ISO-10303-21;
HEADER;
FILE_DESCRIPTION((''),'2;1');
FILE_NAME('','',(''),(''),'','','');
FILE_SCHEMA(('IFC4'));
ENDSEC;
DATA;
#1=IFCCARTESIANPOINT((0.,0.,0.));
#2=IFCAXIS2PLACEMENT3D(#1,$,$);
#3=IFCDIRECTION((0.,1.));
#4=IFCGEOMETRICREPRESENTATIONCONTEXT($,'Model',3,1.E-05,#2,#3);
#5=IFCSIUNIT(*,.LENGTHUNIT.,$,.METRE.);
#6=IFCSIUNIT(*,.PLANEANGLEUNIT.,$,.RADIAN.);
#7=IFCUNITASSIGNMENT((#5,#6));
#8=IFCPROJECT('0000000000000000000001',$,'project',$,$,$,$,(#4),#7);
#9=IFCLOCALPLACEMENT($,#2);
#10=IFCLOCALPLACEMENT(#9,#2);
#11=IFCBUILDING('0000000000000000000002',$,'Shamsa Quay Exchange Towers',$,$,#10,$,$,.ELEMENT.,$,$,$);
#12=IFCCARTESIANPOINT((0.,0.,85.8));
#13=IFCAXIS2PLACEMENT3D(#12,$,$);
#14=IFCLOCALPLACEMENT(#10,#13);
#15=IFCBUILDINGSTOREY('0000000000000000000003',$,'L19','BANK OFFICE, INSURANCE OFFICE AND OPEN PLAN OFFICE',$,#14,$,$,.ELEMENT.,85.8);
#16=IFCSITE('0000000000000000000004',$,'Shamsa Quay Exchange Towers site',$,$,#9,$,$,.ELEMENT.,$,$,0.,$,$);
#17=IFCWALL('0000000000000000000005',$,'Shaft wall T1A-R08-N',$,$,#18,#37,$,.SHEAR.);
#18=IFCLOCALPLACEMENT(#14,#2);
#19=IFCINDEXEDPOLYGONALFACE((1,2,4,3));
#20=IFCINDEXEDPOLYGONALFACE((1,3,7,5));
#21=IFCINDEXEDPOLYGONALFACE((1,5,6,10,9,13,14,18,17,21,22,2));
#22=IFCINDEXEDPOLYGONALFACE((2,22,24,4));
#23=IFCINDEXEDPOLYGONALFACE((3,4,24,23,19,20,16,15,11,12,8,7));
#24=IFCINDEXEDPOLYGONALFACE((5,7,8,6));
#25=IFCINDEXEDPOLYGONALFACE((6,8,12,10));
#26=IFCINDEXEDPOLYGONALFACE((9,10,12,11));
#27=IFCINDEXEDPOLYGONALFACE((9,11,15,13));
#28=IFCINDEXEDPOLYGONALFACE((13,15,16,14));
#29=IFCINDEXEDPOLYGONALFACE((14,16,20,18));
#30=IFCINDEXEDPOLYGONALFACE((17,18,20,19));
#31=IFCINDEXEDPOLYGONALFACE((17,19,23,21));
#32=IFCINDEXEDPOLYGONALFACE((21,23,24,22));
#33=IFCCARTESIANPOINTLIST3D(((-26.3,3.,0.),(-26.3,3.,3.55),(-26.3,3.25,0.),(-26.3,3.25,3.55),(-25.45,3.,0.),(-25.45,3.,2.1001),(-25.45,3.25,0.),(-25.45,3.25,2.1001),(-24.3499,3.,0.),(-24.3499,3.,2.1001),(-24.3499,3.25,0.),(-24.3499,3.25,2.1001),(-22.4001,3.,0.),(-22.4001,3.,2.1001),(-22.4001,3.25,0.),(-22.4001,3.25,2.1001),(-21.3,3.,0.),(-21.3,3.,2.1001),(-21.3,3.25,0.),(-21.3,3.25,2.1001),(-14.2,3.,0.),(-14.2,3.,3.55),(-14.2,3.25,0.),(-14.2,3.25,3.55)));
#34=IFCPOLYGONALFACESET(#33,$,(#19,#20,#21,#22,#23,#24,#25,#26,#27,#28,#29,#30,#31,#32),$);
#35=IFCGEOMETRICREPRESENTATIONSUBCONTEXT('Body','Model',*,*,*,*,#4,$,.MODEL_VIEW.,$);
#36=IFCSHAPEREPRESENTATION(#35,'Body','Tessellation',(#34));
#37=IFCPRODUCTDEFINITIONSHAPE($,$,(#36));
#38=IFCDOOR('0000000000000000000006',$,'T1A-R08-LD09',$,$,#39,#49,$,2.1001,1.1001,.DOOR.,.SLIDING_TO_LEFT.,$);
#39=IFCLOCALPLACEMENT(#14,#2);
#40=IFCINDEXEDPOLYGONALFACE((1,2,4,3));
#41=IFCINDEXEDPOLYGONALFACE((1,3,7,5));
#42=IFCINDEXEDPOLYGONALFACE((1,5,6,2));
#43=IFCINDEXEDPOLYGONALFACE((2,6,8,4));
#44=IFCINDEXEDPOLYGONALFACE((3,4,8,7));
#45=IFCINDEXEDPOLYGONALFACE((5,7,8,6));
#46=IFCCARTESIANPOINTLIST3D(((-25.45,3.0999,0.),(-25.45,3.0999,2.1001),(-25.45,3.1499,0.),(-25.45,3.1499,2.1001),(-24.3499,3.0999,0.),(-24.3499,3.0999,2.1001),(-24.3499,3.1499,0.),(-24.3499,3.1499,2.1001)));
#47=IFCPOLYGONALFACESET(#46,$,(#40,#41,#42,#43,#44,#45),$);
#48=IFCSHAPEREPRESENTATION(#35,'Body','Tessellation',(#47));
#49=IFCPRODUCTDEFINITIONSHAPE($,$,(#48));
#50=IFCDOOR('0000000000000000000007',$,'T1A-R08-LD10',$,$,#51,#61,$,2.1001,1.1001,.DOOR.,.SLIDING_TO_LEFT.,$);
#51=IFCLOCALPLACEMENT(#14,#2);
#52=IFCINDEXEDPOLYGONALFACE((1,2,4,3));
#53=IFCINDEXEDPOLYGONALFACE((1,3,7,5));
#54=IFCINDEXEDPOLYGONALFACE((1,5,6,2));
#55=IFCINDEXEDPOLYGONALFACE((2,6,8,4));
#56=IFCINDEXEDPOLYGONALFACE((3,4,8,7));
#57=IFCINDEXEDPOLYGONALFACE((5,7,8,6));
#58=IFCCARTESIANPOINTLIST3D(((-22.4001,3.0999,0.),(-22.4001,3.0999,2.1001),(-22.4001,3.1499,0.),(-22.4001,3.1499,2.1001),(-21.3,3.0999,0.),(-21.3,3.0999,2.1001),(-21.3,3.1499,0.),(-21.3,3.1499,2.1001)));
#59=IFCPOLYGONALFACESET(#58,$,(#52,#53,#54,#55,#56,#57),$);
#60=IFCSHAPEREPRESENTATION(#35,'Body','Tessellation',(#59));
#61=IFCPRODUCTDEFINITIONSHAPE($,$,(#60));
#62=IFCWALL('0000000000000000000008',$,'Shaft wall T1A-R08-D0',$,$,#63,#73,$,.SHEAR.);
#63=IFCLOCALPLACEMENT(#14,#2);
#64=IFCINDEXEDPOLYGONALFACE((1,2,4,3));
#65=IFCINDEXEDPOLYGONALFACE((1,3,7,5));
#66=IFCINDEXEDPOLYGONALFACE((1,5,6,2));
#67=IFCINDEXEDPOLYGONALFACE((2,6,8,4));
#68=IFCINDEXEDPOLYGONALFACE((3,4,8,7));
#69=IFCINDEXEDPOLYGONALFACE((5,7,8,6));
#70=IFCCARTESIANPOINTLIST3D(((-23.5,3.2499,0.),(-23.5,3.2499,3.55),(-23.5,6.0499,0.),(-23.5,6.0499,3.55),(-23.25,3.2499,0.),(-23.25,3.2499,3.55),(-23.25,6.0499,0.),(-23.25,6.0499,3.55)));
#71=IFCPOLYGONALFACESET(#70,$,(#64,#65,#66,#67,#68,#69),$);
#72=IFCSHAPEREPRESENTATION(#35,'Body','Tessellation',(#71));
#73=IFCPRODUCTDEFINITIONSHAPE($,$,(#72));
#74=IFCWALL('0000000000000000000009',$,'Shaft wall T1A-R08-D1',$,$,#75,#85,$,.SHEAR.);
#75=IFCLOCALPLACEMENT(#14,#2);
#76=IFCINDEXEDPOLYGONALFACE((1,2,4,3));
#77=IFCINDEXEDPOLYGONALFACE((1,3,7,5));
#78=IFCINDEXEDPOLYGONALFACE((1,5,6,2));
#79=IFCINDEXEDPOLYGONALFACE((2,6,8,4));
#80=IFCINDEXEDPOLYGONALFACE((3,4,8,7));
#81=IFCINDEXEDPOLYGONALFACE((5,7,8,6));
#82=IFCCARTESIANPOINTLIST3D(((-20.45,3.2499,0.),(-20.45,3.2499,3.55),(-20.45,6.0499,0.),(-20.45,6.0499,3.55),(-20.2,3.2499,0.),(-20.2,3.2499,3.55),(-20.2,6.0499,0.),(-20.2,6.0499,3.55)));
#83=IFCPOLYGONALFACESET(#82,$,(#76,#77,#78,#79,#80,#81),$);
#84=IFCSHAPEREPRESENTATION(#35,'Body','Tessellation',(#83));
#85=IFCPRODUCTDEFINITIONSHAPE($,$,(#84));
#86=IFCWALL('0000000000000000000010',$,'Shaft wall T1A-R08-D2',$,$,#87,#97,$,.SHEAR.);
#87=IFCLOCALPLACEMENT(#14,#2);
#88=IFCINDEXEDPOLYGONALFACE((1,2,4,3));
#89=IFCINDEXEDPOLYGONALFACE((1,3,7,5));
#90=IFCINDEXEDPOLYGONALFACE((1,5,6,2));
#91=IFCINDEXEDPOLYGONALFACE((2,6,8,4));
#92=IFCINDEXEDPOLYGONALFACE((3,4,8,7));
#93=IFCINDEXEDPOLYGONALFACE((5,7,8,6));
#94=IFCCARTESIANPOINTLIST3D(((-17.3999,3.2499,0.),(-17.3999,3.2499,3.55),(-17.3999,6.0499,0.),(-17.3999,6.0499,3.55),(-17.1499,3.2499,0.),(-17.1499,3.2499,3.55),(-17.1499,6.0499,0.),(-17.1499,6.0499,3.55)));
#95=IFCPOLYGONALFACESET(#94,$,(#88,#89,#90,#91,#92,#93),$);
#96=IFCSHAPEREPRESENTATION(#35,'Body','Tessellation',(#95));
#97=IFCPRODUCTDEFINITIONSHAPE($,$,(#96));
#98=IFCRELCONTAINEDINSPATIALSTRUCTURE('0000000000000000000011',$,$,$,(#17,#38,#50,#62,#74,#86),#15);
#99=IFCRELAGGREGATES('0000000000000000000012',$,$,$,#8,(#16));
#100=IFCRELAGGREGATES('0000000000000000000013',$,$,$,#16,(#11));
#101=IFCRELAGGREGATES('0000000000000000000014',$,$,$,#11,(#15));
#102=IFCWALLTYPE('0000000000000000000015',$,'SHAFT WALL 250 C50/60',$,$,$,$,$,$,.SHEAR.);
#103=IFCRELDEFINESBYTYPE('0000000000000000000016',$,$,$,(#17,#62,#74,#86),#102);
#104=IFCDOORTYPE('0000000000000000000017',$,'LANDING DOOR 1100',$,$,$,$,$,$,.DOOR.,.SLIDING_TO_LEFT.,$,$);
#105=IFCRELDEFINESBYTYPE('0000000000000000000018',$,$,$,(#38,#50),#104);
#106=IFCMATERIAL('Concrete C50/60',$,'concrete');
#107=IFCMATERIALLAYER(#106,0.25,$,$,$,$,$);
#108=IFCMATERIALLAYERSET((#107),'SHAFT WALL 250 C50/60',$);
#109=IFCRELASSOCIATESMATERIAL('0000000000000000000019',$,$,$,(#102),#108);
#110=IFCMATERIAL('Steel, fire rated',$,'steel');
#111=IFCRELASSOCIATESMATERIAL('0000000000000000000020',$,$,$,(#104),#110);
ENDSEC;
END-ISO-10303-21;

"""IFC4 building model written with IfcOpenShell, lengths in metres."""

from ifc_helpers import new_model, si_unit, direction, frame, frame_2d, origin, place, context, subcontext, project, spatial, rectangle, extrude, material, layer, layer_set, type_object, element, fill, save


model = new_model("IFC4")

# Units and contexts
model_context = context("Model", 3, precision=1e-05, world=origin(), true_north=direction((0.0, 1.0)))
body_context = subcontext(model_context, "Body", "Model", "MODEL_VIEW")
ifc_project = project(units=[si_unit("LENGTHUNIT", "METRE"), si_unit("PLANEANGLEUNIT", "RADIAN")], contexts=[model_context])

# Site, building, storey
site_placement = place(None, origin())
site = spatial("IfcSite", under=ifc_project, at=site_placement, Name="Shamsa Quay Exchange Towers site", CompositionType="ELEMENT", RefElevation=0.0)
building_placement = place(site_placement, origin())
building = spatial("IfcBuilding", under=site, at=building_placement, Name="Shamsa Quay Exchange Towers", CompositionType="ELEMENT")
storey_placement = place(building_placement, frame((0.0, 0.0, 85.8)))
storey = spatial("IfcBuildingStorey", under=building, at=storey_placement, Name="L19", Description="BANK OFFICE, INSURANCE OFFICE AND OPEN PLAN OFFICE", CompositionType="ELEMENT", Elevation=85.8)

# Shared definitions
ifc_material_1 = material(Name="Steel, fire rated", Category="steel")

# Wall, openings, doors
ifc_material_2 = material(Name="Concrete C50/60", Category="concrete")
ifc_layer_1 = layer(ifc_material_2, 0.25)
ifc_layer_set_1 = layer_set([ifc_layer_1], Name="SHAFT WALL 250 C50/60")
wall_type_1 = type_object("IfcWallType", Name="SHAFT WALL 250 C50/60", PredefinedType="SHEAR", material=ifc_layer_set_1)
wall_1_placement = place(storey_placement, frame((-26.3, 3.125, 0.0)))
wall_1 = element("IfcWall", 1, at=wall_1_placement, inside=storey, type_object=wall_type_1, Name="Shaft wall T1A-R08-N", PredefinedType="SHEAR", context=body_context, shape_type="SweptSolid", body=[
    extrude(rectangle(XDim=12.1001, YDim=0.25, at=frame_2d((6.05, 0.0))), origin(), (0.0, 0.0, 1.0), 3.55),
])
opening_1_placement = place(wall_1_placement, frame((0.8501, 0.0, 0.0)))
opening_1 = element("IfcOpeningElement", 2, at=opening_1_placement, cuts=wall_1, PredefinedType="OPENING", context=body_context, shape_type="SweptSolid", body=[
    extrude(rectangle(XDim=1.1001, YDim=2.1001, at=frame_2d((0.55, 1.05))), frame((0.0, 0.135, 0.0), z_axis=(0.0, -1.0, 0.0), x_axis=(1.0, 0.0, 0.0)), (0.0, 0.0, 1.0), 0.27),
])
opening_2_placement = place(wall_1_placement, frame((3.8999, 0.0, 0.0)))
opening_2 = element("IfcOpeningElement", 3, at=opening_2_placement, cuts=wall_1, PredefinedType="OPENING", context=body_context, shape_type="SweptSolid", body=[
    extrude(rectangle(XDim=1.1001, YDim=2.1001, at=frame_2d((0.55, 1.05))), frame((0.0, 0.135, 0.0), z_axis=(0.0, -1.0, 0.0), x_axis=(1.0, 0.0, 0.0)), (0.0, 0.0, 1.0), 0.27),
])
door_type_1 = type_object("IfcDoorType", Name="LANDING DOOR 1100", OperationType="SLIDING_TO_LEFT", PredefinedType="DOOR", material=ifc_material_1)
door_1_placement = place(opening_1_placement, origin())
door_1 = element("IfcDoor", 4, at=door_1_placement, inside=storey, type_object=door_type_1, Name="T1A-R08-LD09", OperationType="SLIDING_TO_LEFT", OverallHeight=2.1001, OverallWidth=1.1001, PredefinedType="DOOR", context=body_context, shape_type="SweptSolid", body=[
    extrude(rectangle(XDim=1.1001, YDim=2.1001, at=frame_2d((0.55, 1.05))), frame((0.0, 0.0249, 0.0), z_axis=(0.0, -1.0, 0.0), x_axis=(1.0, 0.0, 0.0)), (0.0, 0.0, 1.0), 0.05),
])
fill(opening_1, door_1)
door_2_placement = place(opening_2_placement, origin())
door_2 = element("IfcDoor", 5, at=door_2_placement, inside=storey, type_object=door_type_1, Name="T1A-R08-LD10", OperationType="SLIDING_TO_LEFT", OverallHeight=2.1001, OverallWidth=1.1001, PredefinedType="DOOR", context=body_context, shape_type="SweptSolid", body=[
    extrude(rectangle(XDim=1.1001, YDim=2.1001, at=frame_2d((0.55, 1.05))), frame((0.0, 0.0249, 0.0), z_axis=(0.0, -1.0, 0.0), x_axis=(1.0, 0.0, 0.0)), (0.0, 0.0, 1.0), 0.05),
])
fill(opening_2, door_2)

# Walls
for number, where, z_axis, x_axis, name in (
    (6, (-23.375, 3.25, 0.0), (0.0, 0.0, 1.0), (0.0, 1.0, 0.0), "Shaft wall T1A-R08-D0"),
    (7, (-20.325, 3.25, 0.0), (0.0, 0.0, 1.0), (0.0, 1.0, 0.0), "Shaft wall T1A-R08-D1"),
    (8, (-17.2749, 3.25, 0.0), (0.0, 0.0, 1.0), (0.0, 1.0, 0.0), "Shaft wall T1A-R08-D2"),
):
    element("IfcWall", number, at=place(storey_placement, frame(where, z_axis=z_axis, x_axis=x_axis)), inside=storey, type_object=wall_type_1, Name=name, PredefinedType="SHEAR", context=body_context, shape_type="SweptSolid", body=[
        extrude(rectangle(XDim=2.8, YDim=0.25, at=frame_2d((1.3999, 0.0))), origin(), (0.0, 0.0, 1.0), 3.55),
    ])

save(model, "model.ifc")
